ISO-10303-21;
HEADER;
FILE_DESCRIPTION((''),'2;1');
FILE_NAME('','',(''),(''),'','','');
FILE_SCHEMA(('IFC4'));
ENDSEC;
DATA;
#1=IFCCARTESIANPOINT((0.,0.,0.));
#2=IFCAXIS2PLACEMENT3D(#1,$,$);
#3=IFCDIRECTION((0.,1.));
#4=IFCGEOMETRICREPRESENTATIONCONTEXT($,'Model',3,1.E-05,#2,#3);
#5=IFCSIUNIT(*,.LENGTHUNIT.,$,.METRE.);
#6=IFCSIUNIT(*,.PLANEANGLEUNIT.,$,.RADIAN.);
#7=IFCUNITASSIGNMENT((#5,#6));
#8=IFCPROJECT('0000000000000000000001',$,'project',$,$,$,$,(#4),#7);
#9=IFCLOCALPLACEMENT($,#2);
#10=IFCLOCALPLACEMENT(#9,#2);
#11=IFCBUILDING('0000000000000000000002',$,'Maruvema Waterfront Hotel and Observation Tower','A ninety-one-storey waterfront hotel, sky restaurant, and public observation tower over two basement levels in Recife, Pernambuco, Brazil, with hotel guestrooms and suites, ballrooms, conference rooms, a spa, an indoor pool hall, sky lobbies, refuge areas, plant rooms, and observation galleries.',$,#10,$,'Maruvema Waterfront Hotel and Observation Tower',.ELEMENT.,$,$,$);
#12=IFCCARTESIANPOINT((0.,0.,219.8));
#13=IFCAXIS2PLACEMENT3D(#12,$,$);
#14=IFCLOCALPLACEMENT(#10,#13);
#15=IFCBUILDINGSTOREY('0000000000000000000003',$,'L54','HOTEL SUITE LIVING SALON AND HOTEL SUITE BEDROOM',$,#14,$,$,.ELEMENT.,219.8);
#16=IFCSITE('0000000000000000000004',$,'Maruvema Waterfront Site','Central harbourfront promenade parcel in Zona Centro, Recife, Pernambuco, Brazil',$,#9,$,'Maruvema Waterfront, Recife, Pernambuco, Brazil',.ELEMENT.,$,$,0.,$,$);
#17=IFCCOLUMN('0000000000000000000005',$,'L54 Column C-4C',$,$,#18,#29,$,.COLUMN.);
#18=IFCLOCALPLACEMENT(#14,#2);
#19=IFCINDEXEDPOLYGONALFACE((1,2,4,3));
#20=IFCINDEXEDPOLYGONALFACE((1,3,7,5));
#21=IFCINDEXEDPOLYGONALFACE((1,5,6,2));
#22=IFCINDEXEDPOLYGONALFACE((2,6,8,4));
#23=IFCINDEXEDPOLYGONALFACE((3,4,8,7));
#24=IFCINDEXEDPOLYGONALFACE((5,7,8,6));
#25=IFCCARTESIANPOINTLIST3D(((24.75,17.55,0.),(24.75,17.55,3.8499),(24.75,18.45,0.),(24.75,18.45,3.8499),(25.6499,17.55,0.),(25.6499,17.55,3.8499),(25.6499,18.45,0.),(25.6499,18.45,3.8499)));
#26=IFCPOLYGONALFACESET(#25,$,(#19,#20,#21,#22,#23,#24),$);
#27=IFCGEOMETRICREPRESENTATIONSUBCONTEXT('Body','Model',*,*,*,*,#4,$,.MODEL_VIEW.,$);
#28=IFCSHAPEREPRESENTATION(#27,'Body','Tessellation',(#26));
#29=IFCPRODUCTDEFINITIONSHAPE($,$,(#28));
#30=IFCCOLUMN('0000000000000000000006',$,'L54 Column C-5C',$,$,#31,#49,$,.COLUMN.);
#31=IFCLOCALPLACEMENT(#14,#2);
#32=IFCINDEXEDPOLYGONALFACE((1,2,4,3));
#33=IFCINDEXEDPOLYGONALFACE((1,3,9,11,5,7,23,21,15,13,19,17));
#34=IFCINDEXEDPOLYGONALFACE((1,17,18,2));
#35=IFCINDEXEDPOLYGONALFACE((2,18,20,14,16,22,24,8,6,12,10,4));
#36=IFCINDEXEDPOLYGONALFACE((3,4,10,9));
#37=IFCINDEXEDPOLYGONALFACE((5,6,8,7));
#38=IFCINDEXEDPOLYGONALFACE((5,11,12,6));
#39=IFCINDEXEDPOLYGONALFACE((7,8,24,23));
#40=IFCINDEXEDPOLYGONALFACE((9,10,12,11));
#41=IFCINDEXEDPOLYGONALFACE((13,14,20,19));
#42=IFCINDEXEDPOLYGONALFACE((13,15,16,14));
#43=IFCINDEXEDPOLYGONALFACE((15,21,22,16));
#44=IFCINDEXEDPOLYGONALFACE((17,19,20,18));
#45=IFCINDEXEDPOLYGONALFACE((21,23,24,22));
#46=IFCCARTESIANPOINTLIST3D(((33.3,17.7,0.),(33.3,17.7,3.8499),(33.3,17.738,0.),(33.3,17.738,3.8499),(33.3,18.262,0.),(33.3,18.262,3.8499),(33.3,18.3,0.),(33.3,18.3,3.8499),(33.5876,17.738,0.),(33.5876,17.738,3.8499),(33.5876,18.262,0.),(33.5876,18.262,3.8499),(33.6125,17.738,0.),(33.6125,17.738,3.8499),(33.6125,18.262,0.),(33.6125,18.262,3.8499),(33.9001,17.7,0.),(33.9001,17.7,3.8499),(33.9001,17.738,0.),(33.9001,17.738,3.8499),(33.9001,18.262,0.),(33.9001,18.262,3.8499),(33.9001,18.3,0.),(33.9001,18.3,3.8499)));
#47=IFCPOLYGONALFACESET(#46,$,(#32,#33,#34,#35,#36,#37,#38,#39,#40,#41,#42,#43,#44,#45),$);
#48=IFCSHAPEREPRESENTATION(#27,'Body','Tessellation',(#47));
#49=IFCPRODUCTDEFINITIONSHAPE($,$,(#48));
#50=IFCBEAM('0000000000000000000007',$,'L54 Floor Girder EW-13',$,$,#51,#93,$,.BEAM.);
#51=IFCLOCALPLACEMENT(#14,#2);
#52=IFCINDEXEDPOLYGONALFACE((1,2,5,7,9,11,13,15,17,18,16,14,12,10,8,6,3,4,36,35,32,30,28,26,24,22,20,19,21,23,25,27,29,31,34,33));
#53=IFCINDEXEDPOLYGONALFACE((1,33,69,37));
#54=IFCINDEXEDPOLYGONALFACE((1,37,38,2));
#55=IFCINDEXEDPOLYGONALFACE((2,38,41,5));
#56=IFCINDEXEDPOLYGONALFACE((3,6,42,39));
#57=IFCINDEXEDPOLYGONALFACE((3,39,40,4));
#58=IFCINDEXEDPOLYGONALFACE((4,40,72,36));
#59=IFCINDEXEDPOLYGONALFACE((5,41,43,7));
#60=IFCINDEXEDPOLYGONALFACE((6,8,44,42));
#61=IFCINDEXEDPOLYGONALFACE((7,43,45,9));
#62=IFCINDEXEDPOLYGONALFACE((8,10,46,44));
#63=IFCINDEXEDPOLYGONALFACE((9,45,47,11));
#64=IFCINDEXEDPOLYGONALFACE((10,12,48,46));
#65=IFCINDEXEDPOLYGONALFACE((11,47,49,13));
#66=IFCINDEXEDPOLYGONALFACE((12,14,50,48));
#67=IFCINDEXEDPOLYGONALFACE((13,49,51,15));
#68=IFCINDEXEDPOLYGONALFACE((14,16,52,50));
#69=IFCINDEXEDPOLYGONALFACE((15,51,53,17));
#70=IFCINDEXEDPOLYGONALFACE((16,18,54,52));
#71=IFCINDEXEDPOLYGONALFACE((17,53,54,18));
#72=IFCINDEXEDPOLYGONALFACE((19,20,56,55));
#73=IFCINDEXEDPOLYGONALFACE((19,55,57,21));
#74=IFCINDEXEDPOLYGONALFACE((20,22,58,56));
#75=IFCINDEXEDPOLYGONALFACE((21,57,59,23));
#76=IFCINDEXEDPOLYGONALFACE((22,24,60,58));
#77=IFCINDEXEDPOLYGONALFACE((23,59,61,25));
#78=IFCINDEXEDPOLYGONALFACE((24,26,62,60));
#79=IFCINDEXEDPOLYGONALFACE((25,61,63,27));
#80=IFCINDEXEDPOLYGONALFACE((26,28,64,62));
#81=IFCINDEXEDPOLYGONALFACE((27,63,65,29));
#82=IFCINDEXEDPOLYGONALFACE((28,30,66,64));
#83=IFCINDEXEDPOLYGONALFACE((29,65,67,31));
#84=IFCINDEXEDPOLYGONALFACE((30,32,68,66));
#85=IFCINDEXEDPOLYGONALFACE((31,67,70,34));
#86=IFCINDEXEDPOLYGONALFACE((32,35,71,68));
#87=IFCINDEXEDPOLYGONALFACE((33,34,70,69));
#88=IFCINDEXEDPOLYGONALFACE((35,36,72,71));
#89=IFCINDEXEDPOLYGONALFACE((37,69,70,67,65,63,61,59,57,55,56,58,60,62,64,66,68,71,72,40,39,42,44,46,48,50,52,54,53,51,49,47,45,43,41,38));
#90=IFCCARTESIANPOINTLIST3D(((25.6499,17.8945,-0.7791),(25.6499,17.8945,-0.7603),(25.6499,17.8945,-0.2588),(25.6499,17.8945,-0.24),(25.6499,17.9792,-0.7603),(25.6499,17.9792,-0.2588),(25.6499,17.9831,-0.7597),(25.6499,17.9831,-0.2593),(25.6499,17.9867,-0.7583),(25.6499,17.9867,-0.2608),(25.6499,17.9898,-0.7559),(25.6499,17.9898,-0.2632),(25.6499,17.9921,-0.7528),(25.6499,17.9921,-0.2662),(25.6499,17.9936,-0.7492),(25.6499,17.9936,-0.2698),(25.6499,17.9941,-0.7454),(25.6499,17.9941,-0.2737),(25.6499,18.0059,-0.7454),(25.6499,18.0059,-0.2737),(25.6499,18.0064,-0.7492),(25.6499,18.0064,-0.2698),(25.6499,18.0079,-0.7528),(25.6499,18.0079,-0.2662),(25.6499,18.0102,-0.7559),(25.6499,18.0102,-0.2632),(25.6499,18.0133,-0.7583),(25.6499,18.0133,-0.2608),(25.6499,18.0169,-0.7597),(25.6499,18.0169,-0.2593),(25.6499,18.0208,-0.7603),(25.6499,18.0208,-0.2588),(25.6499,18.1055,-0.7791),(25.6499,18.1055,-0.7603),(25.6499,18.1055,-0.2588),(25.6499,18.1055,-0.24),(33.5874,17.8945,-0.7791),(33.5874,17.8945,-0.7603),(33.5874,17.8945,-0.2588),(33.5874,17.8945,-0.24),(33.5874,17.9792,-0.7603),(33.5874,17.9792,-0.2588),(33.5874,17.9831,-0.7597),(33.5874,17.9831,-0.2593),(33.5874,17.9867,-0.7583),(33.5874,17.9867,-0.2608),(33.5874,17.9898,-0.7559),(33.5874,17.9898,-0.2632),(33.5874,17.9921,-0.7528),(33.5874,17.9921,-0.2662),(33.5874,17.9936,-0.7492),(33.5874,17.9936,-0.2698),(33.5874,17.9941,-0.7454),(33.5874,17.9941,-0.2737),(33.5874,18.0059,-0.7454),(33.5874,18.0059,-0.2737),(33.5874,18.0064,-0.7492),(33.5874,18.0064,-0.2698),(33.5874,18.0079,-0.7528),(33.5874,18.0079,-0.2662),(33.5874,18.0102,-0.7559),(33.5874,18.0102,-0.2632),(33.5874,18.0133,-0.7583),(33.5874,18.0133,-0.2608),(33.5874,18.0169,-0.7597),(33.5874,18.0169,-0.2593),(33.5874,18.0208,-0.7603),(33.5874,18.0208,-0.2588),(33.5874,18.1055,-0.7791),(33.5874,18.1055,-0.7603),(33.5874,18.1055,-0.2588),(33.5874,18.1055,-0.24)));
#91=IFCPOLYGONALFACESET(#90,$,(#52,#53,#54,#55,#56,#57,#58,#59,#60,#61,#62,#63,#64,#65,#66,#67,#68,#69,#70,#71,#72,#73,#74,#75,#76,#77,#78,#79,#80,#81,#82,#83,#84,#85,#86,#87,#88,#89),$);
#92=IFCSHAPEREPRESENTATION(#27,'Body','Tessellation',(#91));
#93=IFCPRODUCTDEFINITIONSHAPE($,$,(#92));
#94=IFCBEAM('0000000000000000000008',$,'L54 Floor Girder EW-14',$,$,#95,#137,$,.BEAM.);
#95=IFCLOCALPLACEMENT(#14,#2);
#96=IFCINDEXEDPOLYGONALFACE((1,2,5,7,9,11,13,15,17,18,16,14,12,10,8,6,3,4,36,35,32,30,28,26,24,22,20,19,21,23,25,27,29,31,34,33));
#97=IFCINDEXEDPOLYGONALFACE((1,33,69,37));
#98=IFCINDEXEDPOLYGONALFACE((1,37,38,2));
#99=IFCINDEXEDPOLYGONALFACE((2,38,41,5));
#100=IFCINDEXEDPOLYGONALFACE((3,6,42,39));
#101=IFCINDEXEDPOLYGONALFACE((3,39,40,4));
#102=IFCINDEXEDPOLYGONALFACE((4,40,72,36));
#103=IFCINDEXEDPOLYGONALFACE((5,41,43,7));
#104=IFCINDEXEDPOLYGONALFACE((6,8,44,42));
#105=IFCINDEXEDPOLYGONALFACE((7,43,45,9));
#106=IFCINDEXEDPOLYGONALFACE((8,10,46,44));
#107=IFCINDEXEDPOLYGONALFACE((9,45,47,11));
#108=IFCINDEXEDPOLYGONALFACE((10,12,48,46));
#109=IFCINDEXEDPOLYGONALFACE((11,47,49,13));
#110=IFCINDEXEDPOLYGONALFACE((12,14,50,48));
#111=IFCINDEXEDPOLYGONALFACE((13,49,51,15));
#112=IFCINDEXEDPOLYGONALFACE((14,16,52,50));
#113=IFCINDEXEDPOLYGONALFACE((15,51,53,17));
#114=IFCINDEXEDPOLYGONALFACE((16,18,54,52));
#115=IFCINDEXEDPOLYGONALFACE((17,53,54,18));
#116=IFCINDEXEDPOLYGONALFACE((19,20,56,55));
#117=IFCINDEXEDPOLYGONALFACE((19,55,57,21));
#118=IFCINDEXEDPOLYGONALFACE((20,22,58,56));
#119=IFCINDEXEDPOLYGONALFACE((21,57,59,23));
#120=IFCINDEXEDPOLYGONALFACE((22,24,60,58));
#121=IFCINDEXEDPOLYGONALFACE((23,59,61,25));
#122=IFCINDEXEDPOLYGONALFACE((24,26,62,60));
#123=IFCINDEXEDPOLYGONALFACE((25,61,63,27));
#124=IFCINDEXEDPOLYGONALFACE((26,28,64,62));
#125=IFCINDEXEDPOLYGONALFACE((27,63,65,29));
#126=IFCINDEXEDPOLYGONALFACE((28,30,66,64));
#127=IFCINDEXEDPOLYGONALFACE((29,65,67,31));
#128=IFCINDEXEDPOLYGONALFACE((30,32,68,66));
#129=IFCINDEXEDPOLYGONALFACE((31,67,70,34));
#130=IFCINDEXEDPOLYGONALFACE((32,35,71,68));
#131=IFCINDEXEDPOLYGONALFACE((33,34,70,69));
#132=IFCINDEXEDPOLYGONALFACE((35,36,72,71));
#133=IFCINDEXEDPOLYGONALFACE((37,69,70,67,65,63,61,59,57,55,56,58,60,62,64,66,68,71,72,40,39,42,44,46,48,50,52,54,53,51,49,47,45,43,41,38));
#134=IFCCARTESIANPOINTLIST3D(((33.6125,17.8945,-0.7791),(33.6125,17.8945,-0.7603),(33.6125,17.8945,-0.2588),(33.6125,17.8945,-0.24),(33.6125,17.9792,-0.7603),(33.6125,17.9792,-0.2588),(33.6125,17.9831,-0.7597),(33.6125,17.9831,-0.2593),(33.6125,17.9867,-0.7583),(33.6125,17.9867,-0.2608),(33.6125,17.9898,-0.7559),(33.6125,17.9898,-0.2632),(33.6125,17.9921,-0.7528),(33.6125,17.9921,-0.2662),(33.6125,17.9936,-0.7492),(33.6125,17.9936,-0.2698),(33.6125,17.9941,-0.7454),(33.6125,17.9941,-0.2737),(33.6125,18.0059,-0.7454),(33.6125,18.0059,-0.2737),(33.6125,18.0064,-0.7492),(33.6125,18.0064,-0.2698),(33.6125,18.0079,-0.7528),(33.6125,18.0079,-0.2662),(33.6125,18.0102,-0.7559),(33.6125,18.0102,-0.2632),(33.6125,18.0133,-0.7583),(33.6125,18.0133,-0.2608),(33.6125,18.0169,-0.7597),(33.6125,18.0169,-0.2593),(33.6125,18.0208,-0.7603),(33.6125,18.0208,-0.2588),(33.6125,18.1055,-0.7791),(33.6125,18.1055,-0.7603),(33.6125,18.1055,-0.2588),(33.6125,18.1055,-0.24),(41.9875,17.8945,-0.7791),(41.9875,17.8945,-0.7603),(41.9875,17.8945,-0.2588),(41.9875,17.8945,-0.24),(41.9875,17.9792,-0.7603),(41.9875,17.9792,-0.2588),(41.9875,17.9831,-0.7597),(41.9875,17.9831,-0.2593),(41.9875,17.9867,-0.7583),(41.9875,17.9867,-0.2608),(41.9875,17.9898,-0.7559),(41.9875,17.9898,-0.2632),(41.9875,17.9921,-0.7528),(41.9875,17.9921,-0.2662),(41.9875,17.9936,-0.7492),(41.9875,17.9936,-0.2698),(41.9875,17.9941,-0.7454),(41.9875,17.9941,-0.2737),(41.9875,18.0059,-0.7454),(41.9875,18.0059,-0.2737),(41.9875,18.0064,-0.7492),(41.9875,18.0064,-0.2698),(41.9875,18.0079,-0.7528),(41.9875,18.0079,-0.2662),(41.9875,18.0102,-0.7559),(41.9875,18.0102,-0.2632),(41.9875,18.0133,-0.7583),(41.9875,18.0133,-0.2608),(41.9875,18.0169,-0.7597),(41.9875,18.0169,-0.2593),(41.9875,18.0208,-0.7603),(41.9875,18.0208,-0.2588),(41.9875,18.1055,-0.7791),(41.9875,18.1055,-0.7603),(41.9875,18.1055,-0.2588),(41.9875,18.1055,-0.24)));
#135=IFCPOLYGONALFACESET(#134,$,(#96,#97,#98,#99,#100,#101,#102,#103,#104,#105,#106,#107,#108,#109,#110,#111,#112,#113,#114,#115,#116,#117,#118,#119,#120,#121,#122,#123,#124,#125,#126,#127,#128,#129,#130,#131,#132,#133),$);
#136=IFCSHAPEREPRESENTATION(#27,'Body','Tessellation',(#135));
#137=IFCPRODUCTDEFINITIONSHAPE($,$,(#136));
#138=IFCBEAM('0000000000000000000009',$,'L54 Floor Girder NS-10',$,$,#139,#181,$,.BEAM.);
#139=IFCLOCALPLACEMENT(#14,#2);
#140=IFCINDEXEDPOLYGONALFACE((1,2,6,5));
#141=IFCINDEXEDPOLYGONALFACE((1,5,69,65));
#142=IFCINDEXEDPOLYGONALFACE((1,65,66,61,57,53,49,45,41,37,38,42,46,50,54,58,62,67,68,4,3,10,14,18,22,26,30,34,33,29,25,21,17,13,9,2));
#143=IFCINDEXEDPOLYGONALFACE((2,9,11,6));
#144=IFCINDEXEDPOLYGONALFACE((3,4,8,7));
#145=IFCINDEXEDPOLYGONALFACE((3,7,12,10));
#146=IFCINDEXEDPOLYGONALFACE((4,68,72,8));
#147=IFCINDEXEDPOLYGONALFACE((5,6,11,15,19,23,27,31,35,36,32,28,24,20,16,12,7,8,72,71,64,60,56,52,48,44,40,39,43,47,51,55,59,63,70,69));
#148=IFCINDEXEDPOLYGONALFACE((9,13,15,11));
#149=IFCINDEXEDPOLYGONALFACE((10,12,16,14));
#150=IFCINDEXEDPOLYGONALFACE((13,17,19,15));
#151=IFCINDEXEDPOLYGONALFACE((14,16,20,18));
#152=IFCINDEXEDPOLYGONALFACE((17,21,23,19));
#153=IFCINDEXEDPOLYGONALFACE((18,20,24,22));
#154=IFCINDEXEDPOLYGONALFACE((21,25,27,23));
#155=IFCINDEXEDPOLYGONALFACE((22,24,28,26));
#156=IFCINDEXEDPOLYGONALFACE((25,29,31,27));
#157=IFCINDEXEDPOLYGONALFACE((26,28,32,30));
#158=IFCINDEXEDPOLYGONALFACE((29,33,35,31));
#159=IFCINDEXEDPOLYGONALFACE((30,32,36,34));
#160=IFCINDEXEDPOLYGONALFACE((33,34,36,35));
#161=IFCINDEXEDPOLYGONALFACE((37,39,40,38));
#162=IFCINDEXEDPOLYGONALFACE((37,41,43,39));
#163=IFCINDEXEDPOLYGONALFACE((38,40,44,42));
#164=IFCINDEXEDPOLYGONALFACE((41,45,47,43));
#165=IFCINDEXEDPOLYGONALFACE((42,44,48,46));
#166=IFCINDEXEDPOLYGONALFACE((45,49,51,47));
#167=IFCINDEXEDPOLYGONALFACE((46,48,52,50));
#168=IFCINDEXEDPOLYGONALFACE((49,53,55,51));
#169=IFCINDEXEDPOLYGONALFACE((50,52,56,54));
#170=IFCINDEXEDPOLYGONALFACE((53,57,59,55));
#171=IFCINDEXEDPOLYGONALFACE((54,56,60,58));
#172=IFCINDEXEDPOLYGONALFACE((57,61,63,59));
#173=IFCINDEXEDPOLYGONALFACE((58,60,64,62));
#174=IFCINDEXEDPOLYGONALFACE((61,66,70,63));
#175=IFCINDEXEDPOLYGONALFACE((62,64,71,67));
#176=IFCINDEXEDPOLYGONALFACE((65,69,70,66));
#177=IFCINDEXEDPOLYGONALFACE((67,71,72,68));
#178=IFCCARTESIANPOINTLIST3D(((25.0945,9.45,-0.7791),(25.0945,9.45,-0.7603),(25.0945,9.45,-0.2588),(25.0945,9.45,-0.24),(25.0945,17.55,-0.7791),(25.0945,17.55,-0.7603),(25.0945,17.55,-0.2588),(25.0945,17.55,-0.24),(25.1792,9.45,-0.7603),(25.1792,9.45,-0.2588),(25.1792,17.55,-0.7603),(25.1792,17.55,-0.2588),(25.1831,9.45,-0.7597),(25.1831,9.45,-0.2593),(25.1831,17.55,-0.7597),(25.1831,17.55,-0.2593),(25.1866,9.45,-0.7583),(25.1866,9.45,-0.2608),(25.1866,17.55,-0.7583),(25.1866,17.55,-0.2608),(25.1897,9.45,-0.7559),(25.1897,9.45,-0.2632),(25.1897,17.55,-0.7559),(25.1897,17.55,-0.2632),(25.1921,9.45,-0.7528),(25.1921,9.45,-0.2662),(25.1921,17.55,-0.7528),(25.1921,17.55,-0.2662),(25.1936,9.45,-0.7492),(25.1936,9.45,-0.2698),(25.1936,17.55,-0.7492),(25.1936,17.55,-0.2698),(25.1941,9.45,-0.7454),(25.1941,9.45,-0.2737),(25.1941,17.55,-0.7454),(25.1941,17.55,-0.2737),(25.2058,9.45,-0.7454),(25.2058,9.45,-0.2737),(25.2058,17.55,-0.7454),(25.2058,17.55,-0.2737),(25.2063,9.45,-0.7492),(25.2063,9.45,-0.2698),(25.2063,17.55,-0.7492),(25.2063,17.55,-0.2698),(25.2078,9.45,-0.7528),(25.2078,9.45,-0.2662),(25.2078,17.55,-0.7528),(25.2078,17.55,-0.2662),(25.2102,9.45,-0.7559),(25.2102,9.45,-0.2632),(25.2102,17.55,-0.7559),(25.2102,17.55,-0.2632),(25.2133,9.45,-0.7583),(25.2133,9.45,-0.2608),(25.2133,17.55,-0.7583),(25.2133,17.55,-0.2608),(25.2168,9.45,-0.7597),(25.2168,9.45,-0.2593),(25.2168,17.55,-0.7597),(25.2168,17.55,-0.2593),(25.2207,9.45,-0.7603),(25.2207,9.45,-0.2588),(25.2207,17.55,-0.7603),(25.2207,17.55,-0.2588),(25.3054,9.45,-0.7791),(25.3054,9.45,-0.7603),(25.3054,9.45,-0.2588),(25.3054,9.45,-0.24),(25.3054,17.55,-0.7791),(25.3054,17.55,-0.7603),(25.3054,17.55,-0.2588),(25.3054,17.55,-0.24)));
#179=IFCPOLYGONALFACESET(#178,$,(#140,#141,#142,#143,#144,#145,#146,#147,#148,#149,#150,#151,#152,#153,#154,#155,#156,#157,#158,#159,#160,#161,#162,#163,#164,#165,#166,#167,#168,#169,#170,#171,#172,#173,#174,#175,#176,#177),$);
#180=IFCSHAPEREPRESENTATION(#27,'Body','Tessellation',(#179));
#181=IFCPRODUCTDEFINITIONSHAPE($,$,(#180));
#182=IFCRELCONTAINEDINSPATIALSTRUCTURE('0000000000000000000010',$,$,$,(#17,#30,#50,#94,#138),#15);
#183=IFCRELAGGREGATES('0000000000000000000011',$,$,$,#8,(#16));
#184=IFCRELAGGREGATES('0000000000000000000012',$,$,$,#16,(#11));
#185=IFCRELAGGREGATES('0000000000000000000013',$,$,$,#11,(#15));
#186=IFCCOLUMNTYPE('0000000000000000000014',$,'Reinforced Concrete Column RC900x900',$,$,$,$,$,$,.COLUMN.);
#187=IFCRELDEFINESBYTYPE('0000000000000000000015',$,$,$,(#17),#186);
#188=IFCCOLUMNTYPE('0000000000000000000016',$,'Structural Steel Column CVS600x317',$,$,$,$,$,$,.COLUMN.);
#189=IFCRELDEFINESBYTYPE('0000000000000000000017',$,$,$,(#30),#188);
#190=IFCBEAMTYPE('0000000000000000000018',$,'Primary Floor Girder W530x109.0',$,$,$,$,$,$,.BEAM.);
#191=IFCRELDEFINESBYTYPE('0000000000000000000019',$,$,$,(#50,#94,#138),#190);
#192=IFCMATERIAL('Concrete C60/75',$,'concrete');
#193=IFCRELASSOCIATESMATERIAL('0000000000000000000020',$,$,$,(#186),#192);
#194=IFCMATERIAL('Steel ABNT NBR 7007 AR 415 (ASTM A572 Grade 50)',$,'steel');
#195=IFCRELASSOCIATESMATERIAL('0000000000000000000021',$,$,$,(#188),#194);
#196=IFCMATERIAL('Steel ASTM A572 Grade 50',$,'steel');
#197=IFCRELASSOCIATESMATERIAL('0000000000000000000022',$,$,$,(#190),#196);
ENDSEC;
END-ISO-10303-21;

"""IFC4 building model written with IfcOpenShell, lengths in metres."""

from ifc_helpers import new_model, si_unit, direction, frame, origin, origin_2d, place, context, subcontext, project, spatial, rectangle, i_section, extrude, material, material_profile, profile_set, type_object, element, save


model = new_model("IFC4")

# Units and contexts
model_context = context("Model", 3, precision=1e-05, world=origin(), true_north=direction((0.0, 1.0)))
body_context = subcontext(model_context, "Body", "Model", "MODEL_VIEW")
ifc_project = project(units=[si_unit("LENGTHUNIT", "METRE"), si_unit("PLANEANGLEUNIT", "RADIAN")], contexts=[model_context])

# Site, building, storey
site_placement = place(None, origin())
site = spatial("IfcSite", under=ifc_project, at=site_placement, Name="Maruvema Waterfront Site", Description="Central harbourfront promenade parcel in Zona Centro, Recife, Pernambuco, Brazil", LongName="Maruvema Waterfront, Recife, Pernambuco, Brazil", CompositionType="ELEMENT", RefElevation=0.0)
building_placement = place(site_placement, origin())
building = spatial("IfcBuilding", under=site, at=building_placement, Name="Maruvema Waterfront Hotel and Observation Tower", Description="A ninety-one-storey waterfront hotel, sky restaurant, and public observation tower over two basement levels in Recife, Pernambuco, Brazil, with hotel guestrooms and suites, ballrooms, conference rooms, a spa, an indoor pool hall, sky lobbies, refuge areas, plant rooms, and observation galleries.", LongName="Maruvema Waterfront Hotel and Observation Tower", CompositionType="ELEMENT")
storey_placement = place(building_placement, frame((0.0, 0.0, 219.8)))
storey = spatial("IfcBuildingStorey", under=building, at=storey_placement, Name="L54", Description="HOTEL SUITE LIVING SALON AND HOTEL SUITE BEDROOM", CompositionType="ELEMENT", Elevation=219.8)

# Columns
ifc_material_1 = material(Name="Concrete C60/75", Category="concrete")
ifc_material_profile_1 = material_profile(ifc_material_1, rectangle(XDim=0.8999, YDim=0.8999, at=origin_2d()), Name="RC900x900")
ifc_profile_set_1 = profile_set([ifc_material_profile_1], Name="Concrete C60/75")
column_type_1 = type_object("IfcColumnType", Name="Reinforced Concrete Column RC900x900", PredefinedType="COLUMN", material=ifc_profile_set_1)
column_1_placement = place(storey_placement, frame((25.2, 18.0, 0.0), z_axis=(0.0, 0.0, 1.0), x_axis=(1.0, 0.0, 0.0)))
element("IfcColumn", 1, at=column_1_placement, inside=storey, type_object=column_type_1, Name="L54 Column C-4C", PredefinedType="COLUMN", context=body_context, shape_type="SweptSolid", body=[
    extrude(rectangle(XDim=0.8999, YDim=0.8999, at=origin_2d()), origin(), (0.0, 0.0, 1.0), 3.8499),
])
ifc_material_2 = material(Name="Steel ABNT NBR 7007 AR 415 (ASTM A572 Grade 50)", Category="steel")
ifc_material_profile_2 = material_profile(ifc_material_2, i_section(OverallWidth=0.6001, OverallDepth=0.6001, WebThickness=0.0249, FlangeThickness=0.0381, at=origin_2d()), Name="CVS600x317")
ifc_profile_set_2 = profile_set([ifc_material_profile_2], Name="Steel ABNT NBR 7007 AR 415 (ASTM A572 Grade 50)")
column_type_2 = type_object("IfcColumnType", Name="Structural Steel Column CVS600x317", PredefinedType="COLUMN", material=ifc_profile_set_2)
column_2_placement = place(storey_placement, frame((33.6001, 18.0, 0.0), z_axis=(0.0, 0.0, 1.0), x_axis=(1.0, 0.0, 0.0)))
element("IfcColumn", 2, at=column_2_placement, inside=storey, type_object=column_type_2, Name="L54 Column C-5C", PredefinedType="COLUMN", context=body_context, shape_type="SweptSolid", body=[
    extrude(i_section(OverallWidth=0.6001, OverallDepth=0.6001, WebThickness=0.0249, FlangeThickness=0.0381, at=origin_2d()), origin(), (0.0, 0.0, 1.0), 3.8499),
])

# Beams
ifc_material_3 = material(Name="Steel ASTM A572 Grade 50", Category="steel")
ifc_material_profile_3 = material_profile(ifc_material_3, i_section(OverallWidth=0.2109, OverallDepth=0.5391, WebThickness=0.0117, FlangeThickness=0.0188, FilletRadius=0.0149, at=origin_2d()), Name="W530x109.0")
ifc_profile_set_3 = profile_set([ifc_material_profile_3], Name="Steel ASTM A572 Grade 50")
beam_type_1 = type_object("IfcBeamType", Name="Primary Floor Girder W530x109.0", PredefinedType="BEAM", material=ifc_profile_set_3)
beam_1_placement = place(storey_placement, frame((25.6499, 18.0, -0.5095), z_axis=(1.0, 0.0, 0.0), x_axis=(0.0, 1.0, 0.0)))
element("IfcBeam", 3, at=beam_1_placement, inside=storey, type_object=beam_type_1, Name="L54 Floor Girder EW-13", PredefinedType="BEAM", context=body_context, shape_type="SweptSolid", body=[
    extrude(i_section(OverallWidth=0.2109, OverallDepth=0.5391, WebThickness=0.0117, FlangeThickness=0.0188, FilletRadius=0.0149, at=origin_2d()), origin(), (0.0, 0.0, 1.0), 7.9375),
])
beam_2_placement = place(storey_placement, frame((33.6125, 18.0, -0.5095), z_axis=(1.0, 0.0, 0.0), x_axis=(0.0, 1.0, 0.0)))
element("IfcBeam", 4, at=beam_2_placement, inside=storey, type_object=beam_type_1, Name="L54 Floor Girder EW-14", PredefinedType="BEAM", context=body_context, shape_type="SweptSolid", body=[
    extrude(i_section(OverallWidth=0.2109, OverallDepth=0.5391, WebThickness=0.0117, FlangeThickness=0.0188, FilletRadius=0.0149, at=origin_2d()), origin(), (0.0, 0.0, 1.0), 8.375),
])
beam_3_placement = place(storey_placement, frame((25.2, 9.45, -0.5095), z_axis=(0.0, 1.0, 0.0), x_axis=(-1.0, 0.0, 0.0)))
element("IfcBeam", 5, at=beam_3_placement, inside=storey, type_object=beam_type_1, Name="L54 Floor Girder NS-10", PredefinedType="BEAM", context=body_context, shape_type="SweptSolid", body=[
    extrude(i_section(OverallWidth=0.2109, OverallDepth=0.5391, WebThickness=0.0117, FlangeThickness=0.0188, FilletRadius=0.0149, at=origin_2d()), origin(), (0.0, 0.0, 1.0), 8.1001),
])

save(model, "model.ifc")
